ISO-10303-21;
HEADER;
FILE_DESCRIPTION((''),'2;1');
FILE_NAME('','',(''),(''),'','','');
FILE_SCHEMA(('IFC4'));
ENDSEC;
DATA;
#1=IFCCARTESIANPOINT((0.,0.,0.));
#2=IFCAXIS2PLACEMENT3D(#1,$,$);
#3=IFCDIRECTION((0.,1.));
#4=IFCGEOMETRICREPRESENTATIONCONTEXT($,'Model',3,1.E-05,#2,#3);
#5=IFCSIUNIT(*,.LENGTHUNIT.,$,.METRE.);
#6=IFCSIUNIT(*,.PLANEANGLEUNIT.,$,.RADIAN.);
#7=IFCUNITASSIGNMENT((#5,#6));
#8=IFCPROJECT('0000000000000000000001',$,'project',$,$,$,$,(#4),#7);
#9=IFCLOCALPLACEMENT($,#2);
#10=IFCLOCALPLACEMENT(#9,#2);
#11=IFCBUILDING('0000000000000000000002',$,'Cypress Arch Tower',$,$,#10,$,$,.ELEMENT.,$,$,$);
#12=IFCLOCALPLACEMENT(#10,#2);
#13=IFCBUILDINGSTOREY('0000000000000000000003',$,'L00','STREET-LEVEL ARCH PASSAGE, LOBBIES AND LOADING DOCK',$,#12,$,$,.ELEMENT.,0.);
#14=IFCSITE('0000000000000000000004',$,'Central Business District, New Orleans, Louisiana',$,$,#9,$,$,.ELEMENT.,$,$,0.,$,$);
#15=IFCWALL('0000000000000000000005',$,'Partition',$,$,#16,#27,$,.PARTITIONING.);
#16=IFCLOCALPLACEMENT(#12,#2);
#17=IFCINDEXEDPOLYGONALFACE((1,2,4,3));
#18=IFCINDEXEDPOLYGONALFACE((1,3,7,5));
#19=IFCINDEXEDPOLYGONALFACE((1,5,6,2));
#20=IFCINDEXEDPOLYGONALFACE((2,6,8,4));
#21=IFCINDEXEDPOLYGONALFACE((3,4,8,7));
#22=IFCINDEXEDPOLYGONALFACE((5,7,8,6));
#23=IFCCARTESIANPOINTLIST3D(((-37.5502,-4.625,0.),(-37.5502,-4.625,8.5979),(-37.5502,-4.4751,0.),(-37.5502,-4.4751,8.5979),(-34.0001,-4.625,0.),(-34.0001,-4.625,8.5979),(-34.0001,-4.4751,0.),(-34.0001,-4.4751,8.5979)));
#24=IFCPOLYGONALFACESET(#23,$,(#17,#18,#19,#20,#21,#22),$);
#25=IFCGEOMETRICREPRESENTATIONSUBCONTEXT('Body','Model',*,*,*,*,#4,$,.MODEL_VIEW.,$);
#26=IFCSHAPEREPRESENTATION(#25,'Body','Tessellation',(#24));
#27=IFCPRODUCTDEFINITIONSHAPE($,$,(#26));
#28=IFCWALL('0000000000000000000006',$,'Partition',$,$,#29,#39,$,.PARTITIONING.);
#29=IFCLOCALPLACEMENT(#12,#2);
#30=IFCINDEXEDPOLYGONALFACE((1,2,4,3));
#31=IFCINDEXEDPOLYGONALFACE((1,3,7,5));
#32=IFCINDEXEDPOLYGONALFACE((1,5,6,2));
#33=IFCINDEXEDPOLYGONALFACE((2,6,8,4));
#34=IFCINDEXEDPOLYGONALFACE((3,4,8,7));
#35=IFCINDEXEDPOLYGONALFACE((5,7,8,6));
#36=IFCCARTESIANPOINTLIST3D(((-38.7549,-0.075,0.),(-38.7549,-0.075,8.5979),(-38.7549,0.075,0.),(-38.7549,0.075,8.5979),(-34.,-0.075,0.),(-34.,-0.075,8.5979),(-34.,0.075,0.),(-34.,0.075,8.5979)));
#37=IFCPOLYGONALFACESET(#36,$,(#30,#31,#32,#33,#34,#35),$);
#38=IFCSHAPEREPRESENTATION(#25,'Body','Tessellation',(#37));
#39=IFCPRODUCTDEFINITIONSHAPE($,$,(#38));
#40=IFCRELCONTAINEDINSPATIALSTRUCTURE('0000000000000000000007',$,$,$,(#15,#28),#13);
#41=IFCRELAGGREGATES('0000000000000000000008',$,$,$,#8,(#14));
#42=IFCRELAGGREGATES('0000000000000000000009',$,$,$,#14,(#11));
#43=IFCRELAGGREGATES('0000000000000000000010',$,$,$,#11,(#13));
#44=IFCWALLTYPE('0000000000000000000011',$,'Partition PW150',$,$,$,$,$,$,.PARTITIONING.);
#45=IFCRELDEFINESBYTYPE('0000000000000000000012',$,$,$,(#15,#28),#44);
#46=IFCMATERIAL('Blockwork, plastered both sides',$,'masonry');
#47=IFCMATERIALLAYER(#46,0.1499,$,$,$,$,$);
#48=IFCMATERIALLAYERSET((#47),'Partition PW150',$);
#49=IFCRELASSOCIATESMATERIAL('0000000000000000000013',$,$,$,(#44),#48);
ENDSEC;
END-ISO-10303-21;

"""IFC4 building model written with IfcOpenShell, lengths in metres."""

from ifc_helpers import new_model, si_unit, direction, frame, frame_2d, origin, place, context, subcontext, project, spatial, rectangle, extrude, material, layer, layer_set, type_object, element, save


model = new_model("IFC4")

# Units and contexts
model_context = context("Model", 3, precision=1e-05, world=origin(), true_north=direction((0.0, 1.0)))
body_context = subcontext(model_context, "Body", "Model", "MODEL_VIEW")
ifc_project = project(units=[si_unit("LENGTHUNIT", "METRE"), si_unit("PLANEANGLEUNIT", "RADIAN")], contexts=[model_context])

# Site, building, storey
site_placement = place(None, origin())
site = spatial("IfcSite", under=ifc_project, at=site_placement, Name="Central Business District, New Orleans, Louisiana", CompositionType="ELEMENT", RefElevation=0.0)
building_placement = place(site_placement, origin())
building = spatial("IfcBuilding", under=site, at=building_placement, Name="Cypress Arch Tower", CompositionType="ELEMENT")
storey_placement = place(building_placement, origin())
storey = spatial("IfcBuildingStorey", under=building, at=storey_placement, Name="L00", Description="STREET-LEVEL ARCH PASSAGE, LOBBIES AND LOADING DOCK", CompositionType="ELEMENT", Elevation=0.0)

# Walls
ifc_material_1 = material(Name="Blockwork, plastered both sides", Category="masonry")
ifc_layer_1 = layer(ifc_material_1, 0.1499)
ifc_layer_set_1 = layer_set([ifc_layer_1], Name="Partition PW150")
wall_type = type_object("IfcWallType", Name="Partition PW150", PredefinedType="PARTITIONING", material=ifc_layer_set_1)
wall_1_placement = place(storey_placement, frame((-37.55, -4.55, 0.0), z_axis=(0.0, 0.0, 1.0), x_axis=(1.0, 0.0, 0.0)))
element("IfcWall", 1, at=wall_1_placement, inside=storey, type_object=wall_type, Name="Partition", PredefinedType="PARTITIONING", context=body_context, shape_type="SweptSolid", body=[
    extrude(rectangle(XDim=3.55, YDim=0.1499, at=frame_2d((1.7749, 0.0))), origin(), (0.0, 0.0, 1.0), 8.5979),
])
wall_2_placement = place(storey_placement, frame((-38.7549, 0.0, 0.0), z_axis=(0.0, 0.0, 1.0), x_axis=(1.0, 0.0, 0.0)))
element("IfcWall", 2, at=wall_2_placement, inside=storey, type_object=wall_type, Name="Partition", PredefinedType="PARTITIONING", context=body_context, shape_type="SweptSolid", body=[
    extrude(rectangle(XDim=4.7549, YDim=0.1499, at=frame_2d((2.3774, 0.0))), origin(), (0.0, 0.0, 1.0), 8.5979),
])

save(model, "model.ifc")
